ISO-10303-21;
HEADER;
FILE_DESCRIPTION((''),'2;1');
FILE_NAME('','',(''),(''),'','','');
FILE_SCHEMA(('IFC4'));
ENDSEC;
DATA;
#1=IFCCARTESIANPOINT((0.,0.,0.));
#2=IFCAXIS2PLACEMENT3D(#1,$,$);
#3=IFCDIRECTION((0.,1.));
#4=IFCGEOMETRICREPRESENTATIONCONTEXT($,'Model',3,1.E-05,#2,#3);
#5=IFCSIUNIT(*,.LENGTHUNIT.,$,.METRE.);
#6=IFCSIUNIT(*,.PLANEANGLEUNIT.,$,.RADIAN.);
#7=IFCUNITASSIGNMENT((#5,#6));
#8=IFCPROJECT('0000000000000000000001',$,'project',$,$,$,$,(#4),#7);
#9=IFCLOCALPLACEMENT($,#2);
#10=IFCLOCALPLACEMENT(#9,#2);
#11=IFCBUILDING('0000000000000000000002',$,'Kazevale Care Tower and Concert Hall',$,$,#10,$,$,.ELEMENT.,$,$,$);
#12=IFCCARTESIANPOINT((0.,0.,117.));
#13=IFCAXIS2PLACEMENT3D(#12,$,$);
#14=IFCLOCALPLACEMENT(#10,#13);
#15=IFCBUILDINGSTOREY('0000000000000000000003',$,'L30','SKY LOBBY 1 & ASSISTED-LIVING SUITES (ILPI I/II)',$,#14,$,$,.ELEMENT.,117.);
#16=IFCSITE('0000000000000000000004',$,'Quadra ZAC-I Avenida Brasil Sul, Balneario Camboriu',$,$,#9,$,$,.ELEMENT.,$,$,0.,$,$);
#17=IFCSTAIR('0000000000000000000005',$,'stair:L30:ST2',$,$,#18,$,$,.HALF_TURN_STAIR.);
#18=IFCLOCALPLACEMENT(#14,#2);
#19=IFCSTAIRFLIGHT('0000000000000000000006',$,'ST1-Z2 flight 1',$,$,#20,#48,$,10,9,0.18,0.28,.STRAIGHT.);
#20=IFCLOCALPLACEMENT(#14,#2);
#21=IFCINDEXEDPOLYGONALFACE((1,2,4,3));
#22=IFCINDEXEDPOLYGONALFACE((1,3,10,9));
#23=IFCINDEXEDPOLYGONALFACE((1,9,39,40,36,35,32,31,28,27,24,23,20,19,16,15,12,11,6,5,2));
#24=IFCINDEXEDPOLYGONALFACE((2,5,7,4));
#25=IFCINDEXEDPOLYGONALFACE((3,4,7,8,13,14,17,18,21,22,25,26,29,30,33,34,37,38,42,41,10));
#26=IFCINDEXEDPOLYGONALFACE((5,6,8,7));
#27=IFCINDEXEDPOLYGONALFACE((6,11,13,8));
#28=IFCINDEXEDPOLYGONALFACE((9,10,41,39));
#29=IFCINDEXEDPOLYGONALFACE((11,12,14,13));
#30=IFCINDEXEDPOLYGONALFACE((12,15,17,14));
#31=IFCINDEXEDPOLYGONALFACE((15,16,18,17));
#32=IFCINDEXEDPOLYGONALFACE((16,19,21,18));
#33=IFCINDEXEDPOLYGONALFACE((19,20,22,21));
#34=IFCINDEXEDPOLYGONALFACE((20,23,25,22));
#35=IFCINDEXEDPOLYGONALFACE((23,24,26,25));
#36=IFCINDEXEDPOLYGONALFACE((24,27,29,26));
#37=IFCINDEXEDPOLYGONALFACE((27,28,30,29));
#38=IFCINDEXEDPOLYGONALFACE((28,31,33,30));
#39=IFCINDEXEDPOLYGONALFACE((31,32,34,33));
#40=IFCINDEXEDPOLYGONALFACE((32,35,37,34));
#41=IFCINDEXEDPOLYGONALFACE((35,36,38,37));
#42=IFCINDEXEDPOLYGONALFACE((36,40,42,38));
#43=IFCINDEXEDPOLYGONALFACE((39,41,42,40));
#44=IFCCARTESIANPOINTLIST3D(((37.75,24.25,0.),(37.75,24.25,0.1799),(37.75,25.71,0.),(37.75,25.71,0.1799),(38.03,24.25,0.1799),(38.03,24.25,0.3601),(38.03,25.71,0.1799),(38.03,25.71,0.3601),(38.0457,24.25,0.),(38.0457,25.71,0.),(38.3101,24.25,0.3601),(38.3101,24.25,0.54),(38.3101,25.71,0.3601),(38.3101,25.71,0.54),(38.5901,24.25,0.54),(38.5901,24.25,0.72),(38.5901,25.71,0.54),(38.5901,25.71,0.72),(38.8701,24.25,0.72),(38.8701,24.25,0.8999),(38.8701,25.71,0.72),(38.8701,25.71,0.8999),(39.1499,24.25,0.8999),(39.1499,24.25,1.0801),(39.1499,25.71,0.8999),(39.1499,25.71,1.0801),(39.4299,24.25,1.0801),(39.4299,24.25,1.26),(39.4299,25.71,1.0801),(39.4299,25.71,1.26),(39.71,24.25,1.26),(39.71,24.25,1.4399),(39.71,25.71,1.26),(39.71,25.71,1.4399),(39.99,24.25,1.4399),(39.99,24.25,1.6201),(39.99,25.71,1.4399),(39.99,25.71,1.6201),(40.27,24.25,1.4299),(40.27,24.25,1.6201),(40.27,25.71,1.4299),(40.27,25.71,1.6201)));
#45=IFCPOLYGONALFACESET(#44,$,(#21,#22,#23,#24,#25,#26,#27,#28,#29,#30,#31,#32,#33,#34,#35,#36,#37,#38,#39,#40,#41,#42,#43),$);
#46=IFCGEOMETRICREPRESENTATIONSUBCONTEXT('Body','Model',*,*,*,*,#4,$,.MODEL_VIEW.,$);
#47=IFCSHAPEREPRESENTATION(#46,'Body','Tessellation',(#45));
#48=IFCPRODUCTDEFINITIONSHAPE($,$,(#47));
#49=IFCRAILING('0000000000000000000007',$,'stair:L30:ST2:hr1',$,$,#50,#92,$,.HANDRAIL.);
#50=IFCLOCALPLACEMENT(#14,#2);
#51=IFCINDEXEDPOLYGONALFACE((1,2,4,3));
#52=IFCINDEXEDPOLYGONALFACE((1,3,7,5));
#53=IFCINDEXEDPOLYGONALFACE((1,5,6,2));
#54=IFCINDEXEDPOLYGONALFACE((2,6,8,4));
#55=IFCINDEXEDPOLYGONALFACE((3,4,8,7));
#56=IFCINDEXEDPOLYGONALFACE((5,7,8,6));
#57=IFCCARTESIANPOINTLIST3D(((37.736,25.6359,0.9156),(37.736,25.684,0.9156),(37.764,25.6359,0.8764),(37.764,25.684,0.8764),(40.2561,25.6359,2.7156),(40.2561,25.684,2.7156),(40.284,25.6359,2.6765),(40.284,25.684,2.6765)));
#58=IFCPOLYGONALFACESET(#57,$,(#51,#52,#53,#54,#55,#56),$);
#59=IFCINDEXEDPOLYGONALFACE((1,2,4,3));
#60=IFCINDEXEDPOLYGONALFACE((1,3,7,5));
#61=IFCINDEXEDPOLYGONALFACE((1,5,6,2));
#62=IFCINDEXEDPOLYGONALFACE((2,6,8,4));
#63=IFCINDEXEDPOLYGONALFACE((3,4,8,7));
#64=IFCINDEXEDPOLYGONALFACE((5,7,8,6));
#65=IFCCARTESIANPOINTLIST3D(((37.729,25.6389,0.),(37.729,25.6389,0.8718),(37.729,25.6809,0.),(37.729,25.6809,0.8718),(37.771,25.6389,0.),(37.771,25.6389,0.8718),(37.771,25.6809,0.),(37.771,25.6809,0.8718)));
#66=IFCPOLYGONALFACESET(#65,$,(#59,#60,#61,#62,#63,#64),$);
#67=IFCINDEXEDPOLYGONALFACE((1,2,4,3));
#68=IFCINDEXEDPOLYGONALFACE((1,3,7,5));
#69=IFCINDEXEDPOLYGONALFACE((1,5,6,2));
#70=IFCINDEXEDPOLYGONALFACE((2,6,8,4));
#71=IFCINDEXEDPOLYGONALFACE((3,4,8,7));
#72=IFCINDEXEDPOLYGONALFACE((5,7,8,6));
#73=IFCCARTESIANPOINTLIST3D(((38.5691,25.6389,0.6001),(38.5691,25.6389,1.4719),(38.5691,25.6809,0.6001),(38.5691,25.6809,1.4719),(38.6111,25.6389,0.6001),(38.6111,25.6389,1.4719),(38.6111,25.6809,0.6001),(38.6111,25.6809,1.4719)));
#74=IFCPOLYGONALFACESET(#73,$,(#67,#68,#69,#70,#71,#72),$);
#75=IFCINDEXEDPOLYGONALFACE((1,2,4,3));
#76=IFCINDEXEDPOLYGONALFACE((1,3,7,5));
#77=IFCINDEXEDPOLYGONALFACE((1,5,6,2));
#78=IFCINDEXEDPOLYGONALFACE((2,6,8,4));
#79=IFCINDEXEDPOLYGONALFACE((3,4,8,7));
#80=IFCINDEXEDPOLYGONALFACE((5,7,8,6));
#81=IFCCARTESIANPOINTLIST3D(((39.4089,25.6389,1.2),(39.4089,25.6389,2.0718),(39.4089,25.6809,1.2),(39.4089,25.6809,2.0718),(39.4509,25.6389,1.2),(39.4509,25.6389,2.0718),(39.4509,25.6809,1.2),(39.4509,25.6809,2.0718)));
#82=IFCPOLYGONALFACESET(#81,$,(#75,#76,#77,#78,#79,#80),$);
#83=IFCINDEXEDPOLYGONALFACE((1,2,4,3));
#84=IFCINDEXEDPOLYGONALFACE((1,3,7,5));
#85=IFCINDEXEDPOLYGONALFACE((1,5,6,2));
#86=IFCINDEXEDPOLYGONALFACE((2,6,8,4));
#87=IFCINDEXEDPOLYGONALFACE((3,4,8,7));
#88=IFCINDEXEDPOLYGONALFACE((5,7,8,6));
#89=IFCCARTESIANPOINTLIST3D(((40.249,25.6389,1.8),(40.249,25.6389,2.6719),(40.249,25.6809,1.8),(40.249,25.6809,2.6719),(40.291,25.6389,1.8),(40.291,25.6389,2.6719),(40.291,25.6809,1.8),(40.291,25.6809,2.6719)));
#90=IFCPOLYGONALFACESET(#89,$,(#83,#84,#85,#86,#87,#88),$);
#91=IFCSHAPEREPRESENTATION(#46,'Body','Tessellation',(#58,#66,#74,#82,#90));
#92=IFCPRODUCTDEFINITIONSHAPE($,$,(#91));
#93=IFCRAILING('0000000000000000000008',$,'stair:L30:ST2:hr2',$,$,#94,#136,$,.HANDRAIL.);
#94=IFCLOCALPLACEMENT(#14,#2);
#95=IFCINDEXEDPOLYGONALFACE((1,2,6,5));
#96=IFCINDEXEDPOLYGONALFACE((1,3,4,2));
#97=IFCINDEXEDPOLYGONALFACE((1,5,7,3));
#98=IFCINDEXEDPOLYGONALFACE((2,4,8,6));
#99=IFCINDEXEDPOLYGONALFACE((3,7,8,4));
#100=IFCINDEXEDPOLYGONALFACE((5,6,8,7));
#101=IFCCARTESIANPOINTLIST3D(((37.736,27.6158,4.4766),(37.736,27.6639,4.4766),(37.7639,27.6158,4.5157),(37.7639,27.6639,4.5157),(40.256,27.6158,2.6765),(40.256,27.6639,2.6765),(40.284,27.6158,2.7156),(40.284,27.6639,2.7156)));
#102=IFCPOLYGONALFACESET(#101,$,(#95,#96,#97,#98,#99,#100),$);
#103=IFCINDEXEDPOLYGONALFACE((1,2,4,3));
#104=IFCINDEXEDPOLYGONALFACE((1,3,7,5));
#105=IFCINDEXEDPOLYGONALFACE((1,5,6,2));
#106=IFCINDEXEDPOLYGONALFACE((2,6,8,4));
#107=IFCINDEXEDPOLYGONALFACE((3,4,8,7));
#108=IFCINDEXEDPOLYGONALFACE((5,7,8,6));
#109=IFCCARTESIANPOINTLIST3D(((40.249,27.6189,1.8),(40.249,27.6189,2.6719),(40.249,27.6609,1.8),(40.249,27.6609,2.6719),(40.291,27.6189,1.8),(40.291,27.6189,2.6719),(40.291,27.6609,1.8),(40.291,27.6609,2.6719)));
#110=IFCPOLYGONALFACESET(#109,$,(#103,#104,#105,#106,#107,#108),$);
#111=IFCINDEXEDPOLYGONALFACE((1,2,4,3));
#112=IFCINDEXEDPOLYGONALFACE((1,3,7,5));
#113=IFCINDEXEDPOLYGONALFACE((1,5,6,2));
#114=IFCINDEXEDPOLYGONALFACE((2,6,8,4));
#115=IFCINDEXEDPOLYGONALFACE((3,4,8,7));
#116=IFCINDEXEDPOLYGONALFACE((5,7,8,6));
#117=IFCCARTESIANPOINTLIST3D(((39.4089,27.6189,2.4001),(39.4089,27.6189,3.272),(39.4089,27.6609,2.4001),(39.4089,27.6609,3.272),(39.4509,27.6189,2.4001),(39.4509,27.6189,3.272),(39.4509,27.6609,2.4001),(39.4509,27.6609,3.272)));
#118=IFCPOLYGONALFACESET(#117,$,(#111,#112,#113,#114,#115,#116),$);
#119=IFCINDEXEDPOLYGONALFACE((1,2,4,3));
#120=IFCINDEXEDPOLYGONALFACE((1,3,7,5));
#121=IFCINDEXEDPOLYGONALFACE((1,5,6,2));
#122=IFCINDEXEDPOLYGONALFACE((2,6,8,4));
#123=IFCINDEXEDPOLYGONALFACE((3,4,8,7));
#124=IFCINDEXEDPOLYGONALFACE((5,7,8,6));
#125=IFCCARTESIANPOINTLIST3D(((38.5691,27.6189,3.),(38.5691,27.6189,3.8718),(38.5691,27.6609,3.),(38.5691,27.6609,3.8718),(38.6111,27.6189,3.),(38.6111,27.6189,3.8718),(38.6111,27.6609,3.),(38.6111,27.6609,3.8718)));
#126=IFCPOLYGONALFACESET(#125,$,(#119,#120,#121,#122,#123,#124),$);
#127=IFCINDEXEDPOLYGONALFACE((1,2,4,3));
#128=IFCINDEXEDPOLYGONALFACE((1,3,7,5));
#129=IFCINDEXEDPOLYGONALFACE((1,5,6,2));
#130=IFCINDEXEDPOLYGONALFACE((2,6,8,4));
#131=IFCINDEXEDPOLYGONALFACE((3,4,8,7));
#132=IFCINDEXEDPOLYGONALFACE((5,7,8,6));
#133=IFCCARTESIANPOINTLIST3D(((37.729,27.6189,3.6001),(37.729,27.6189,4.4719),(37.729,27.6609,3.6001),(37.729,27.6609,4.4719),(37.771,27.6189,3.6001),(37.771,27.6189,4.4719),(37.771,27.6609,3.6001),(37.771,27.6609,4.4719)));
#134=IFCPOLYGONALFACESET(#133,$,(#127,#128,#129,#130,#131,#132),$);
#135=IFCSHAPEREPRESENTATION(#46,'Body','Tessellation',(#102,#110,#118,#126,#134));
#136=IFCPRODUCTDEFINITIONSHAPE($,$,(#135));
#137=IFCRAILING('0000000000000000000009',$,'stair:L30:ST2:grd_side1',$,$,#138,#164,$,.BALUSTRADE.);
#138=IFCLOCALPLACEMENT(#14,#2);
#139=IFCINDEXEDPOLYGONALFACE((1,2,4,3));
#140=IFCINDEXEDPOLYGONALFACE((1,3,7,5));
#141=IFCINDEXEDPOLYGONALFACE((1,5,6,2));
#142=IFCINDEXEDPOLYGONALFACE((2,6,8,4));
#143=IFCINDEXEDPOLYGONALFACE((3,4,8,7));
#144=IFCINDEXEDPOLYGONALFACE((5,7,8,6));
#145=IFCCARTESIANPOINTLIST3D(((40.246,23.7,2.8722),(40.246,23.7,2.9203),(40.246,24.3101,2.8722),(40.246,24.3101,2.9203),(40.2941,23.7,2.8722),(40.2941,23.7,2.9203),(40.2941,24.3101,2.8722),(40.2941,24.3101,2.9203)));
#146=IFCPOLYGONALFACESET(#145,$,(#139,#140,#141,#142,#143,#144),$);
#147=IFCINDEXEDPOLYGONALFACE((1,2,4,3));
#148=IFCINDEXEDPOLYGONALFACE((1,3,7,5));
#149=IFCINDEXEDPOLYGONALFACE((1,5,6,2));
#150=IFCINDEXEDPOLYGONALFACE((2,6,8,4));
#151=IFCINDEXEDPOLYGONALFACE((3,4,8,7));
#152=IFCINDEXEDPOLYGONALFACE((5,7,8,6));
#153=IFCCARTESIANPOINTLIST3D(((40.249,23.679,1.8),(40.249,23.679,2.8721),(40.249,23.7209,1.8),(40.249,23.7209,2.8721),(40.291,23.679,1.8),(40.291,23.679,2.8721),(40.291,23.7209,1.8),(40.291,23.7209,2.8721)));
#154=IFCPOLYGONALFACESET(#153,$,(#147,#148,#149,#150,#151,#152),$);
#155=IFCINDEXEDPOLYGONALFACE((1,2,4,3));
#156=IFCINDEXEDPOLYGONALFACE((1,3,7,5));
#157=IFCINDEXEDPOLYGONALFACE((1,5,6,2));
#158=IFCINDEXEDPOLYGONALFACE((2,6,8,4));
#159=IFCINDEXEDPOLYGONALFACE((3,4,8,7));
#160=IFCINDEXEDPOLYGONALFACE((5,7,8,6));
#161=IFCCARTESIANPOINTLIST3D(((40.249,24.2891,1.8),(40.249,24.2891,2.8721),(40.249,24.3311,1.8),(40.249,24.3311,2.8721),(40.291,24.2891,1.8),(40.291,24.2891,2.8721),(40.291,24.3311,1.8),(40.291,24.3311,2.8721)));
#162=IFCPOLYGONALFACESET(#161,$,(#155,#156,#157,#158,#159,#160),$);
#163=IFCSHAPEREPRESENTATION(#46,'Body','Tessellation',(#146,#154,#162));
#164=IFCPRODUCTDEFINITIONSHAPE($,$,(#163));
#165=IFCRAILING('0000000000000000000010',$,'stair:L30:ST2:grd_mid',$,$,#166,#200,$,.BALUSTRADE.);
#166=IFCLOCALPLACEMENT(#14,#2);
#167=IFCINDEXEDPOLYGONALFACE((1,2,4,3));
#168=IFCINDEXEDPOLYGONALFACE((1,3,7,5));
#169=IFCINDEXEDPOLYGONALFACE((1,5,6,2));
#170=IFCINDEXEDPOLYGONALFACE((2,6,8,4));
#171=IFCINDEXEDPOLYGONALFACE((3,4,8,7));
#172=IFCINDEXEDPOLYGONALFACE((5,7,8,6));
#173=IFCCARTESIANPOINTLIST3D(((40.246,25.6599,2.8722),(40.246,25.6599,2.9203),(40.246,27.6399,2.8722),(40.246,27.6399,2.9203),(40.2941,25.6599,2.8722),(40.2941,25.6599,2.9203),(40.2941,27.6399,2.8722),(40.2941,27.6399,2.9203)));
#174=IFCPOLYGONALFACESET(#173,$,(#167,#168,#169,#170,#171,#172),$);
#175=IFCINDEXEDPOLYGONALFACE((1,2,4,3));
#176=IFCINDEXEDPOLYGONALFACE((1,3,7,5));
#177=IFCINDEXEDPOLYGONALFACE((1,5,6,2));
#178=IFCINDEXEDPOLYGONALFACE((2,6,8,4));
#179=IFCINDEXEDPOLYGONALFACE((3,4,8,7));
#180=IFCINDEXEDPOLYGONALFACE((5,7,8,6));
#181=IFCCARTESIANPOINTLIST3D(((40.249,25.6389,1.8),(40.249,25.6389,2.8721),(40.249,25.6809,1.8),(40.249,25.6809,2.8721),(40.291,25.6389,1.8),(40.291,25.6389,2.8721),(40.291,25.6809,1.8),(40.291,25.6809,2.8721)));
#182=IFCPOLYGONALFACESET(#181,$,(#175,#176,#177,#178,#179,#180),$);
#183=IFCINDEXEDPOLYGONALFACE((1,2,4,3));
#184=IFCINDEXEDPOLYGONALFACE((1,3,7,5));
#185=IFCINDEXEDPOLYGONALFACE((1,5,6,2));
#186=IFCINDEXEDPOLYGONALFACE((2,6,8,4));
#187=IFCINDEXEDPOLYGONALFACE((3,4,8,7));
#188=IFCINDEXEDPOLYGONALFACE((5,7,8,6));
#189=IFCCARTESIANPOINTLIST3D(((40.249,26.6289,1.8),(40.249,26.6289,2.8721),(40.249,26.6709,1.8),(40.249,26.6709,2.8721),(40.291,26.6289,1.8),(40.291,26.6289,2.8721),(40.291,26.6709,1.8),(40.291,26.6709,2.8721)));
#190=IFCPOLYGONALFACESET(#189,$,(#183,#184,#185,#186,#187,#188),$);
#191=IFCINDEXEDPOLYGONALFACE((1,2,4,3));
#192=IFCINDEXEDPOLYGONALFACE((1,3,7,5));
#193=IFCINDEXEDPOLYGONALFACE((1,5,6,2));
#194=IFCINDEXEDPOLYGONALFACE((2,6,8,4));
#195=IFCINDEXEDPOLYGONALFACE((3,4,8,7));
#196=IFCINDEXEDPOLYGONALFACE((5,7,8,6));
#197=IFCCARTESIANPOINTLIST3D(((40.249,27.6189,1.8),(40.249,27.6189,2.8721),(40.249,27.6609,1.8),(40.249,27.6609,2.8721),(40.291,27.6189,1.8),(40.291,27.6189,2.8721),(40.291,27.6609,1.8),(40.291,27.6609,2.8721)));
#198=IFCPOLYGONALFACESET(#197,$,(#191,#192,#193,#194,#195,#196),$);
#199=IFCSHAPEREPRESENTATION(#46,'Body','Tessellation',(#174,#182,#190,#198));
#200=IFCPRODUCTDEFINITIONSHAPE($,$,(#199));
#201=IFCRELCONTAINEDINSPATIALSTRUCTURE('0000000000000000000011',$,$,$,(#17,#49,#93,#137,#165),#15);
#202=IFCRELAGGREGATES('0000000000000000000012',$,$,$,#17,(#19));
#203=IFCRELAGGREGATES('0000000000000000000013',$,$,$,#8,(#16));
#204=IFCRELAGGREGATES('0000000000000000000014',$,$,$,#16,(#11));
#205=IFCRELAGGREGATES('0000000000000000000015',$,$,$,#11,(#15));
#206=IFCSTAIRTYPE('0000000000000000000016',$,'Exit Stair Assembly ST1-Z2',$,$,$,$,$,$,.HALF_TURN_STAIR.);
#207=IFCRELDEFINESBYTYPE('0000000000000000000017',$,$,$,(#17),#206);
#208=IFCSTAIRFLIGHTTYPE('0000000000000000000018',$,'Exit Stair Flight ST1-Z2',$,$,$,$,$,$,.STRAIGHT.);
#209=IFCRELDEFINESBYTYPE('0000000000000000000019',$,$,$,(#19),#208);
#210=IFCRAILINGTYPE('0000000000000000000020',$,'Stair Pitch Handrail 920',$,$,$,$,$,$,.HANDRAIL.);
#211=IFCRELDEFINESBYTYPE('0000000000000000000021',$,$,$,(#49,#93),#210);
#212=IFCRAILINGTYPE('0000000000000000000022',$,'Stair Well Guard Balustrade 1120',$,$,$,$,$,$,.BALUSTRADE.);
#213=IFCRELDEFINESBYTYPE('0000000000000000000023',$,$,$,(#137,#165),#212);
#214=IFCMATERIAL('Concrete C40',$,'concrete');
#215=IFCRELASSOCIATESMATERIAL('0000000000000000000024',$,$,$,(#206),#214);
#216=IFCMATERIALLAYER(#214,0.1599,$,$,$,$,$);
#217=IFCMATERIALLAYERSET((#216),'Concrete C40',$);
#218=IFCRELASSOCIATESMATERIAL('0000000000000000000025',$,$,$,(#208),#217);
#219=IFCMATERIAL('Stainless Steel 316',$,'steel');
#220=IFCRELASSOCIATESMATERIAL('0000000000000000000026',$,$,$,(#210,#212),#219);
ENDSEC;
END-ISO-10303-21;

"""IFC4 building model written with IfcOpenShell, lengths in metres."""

from ifc_helpers import new_model, si_unit, direction, frame, origin, origin_2d, place, context, subcontext, project, spatial, polyline, rectangle, outline, extrude, material, layer, layer_set, type_object, element, aggregate, save


model = new_model("IFC4")

# Units and contexts
model_context = context("Model", 3, precision=1e-05, world=origin(), true_north=direction((0.0, 1.0)))
body_context = subcontext(model_context, "Body", "Model", "MODEL_VIEW")
ifc_project = project(units=[si_unit("LENGTHUNIT", "METRE"), si_unit("PLANEANGLEUNIT", "RADIAN")], contexts=[model_context])

# Site, building, storey
site_placement = place(None, origin())
site = spatial("IfcSite", under=ifc_project, at=site_placement, Name="Quadra ZAC-I Avenida Brasil Sul, Balneario Camboriu", CompositionType="ELEMENT", RefElevation=0.0)
building_placement = place(site_placement, origin())
building = spatial("IfcBuilding", under=site, at=building_placement, Name="Kazevale Care Tower and Concert Hall", CompositionType="ELEMENT")
storey_placement = place(building_placement, frame((0.0, 0.0, 117.0)))
storey = spatial("IfcBuildingStorey", under=building, at=storey_placement, Name="L30", Description="SKY LOBBY 1 & ASSISTED-LIVING SUITES (ILPI I/II)", CompositionType="ELEMENT", Elevation=117.0)

# Stair, stair flight
ifc_material_1 = material(Name="Concrete C40", Category="concrete")
stair_type = type_object("IfcStairType", Name="Exit Stair Assembly ST1-Z2", PredefinedType="HALF_TURN_STAIR", material=ifc_material_1)
stair_placement = place(storey_placement, origin())
stair = element("IfcStair", 1, at=stair_placement, inside=storey, type_object=stair_type, Name="stair:L30:ST2", PredefinedType="HALF_TURN_STAIR")
ifc_layer_1 = layer(ifc_material_1, 0.1599)
ifc_layer_set_1 = layer_set([ifc_layer_1], Name="Concrete C40")
stair_flight_type = type_object("IfcStairFlightType", Name="Exit Stair Flight ST1-Z2", PredefinedType="STRAIGHT", material=ifc_layer_set_1)
stair_flight_placement = place(storey_placement, frame((37.75, 24.98, 0.0), z_axis=(0.0, 0.0, 1.0), x_axis=(1.0, 0.0, 0.0)))
stair_flight = element("IfcStairFlight", 2, at=stair_flight_placement, type_object=stair_flight_type, Name="ST1-Z2 flight 1", NumberOfRisers=10, NumberOfTreads=9, PredefinedType="STRAIGHT", RiserHeight=0.18, TreadLength=0.28, context=body_context, shape_type="SweptSolid", body=[
    extrude(outline(polyline([(0.0, 0.0), (0.0, 0.1799), (0.28, 0.1799), (0.28, 0.3601), (0.5601, 0.3601), (0.5601, 0.54), (0.8401, 0.54), (0.8401, 0.72), (1.1201, 0.72), (1.1201, 0.8999), (1.3999, 0.8999), (1.3999, 1.0801), (1.6799, 1.0801), (1.6799, 1.26), (1.96, 1.26), (1.96, 1.4399), (2.24, 1.4399), (2.24, 1.6201), (2.52, 1.6201), (2.52, 1.8), (2.52, 1.4299), (0.2957, 0.0), (0.0, 0.0)])), frame((0.0, 0.73, 0.0), z_axis=(0.0, -1.0, 0.0), x_axis=(1.0, 0.0, 0.0)), (0.0, 0.0, 1.0), 1.46),
])
aggregate(stair, [stair_flight])

# Railings
ifc_material_2 = material(Name="Stainless Steel 316", Category="steel")
railing_type_1 = type_object("IfcRailingType", Name="Stair Pitch Handrail 920", PredefinedType="HANDRAIL", material=ifc_material_2)
railing_1_placement = place(storey_placement, frame((37.75, 25.6599, 0.0)))
element("IfcRailing", 3, at=railing_1_placement, inside=storey, type_object=railing_type_1, Name="stair:L30:ST2:hr1", PredefinedType="HANDRAIL", context=body_context, shape_type="SweptSolid", body=[
    extrude(rectangle(XDim=0.0481, YDim=0.0481, at=origin_2d()), frame((0.0, 0.0, 0.896), z_axis=(0.813728, 0.0, 0.581246), x_axis=(0.0, 1.0, 0.0)), (0.0, 0.0, 1.0), 3.0969),
    extrude(rectangle(XDim=0.042, YDim=0.042, at=origin_2d()), origin(), (0.0, 0.0, 1.0), 0.8718),
    extrude(rectangle(XDim=0.042, YDim=0.042, at=origin_2d()), frame((0.8401, 0.0, 0.6001)), (0.0, 0.0, 1.0), 0.8718),
    extrude(rectangle(XDim=0.042, YDim=0.042, at=origin_2d()), frame((1.6799, 0.0, 1.2)), (0.0, 0.0, 1.0), 0.8718),
    extrude(rectangle(XDim=0.042, YDim=0.042, at=origin_2d()), frame((2.52, 0.0, 1.8)), (0.0, 0.0, 1.0), 0.8718),
])
railing_2_placement = place(storey_placement, frame((40.27, 27.6399, 1.8)))
element("IfcRailing", 4, at=railing_2_placement, inside=storey, type_object=railing_type_1, Name="stair:L30:ST2:hr2", PredefinedType="HANDRAIL", context=body_context, shape_type="SweptSolid", body=[
    extrude(rectangle(XDim=0.0481, YDim=0.0481, at=origin_2d()), frame((0.0, 0.0, 0.896), z_axis=(-0.813728, 0.0, 0.581246), x_axis=(0.0, -1.0, 0.0)), (0.0, 0.0, 1.0), 3.0969),
    extrude(rectangle(XDim=0.042, YDim=0.042, at=origin_2d()), origin(), (0.0, 0.0, 1.0), 0.8718),
    extrude(rectangle(XDim=0.042, YDim=0.042, at=origin_2d()), frame((-0.8401, 0.0, 0.6001)), (0.0, 0.0, 1.0), 0.8718),
    extrude(rectangle(XDim=0.042, YDim=0.042, at=origin_2d()), frame((-1.6799, 0.0, 1.2)), (0.0, 0.0, 1.0), 0.8718),
    extrude(rectangle(XDim=0.042, YDim=0.042, at=origin_2d()), frame((-2.52, 0.0, 1.8)), (0.0, 0.0, 1.0), 0.8718),
])
railing_type_2 = type_object("IfcRailingType", Name="Stair Well Guard Balustrade 1120", PredefinedType="BALUSTRADE", material=ifc_material_2)
railing_3_placement = place(storey_placement, frame((40.27, 23.7, 1.8)))
element("IfcRailing", 5, at=railing_3_placement, inside=storey, type_object=railing_type_2, Name="stair:L30:ST2:grd_side1", PredefinedType="BALUSTRADE", context=body_context, shape_type="SweptSolid", body=[
    extrude(rectangle(XDim=0.0481, YDim=0.0481, at=origin_2d()), frame((0.0, 0.0, 1.0962), z_axis=(0.0, 1.0, 0.0), x_axis=(-1.0, 0.0, 0.0)), (0.0, 0.0, 1.0), 0.6101),
    extrude(rectangle(XDim=0.042, YDim=0.042, at=origin_2d()), origin(), (0.0, 0.0, 1.0), 1.072),
    extrude(rectangle(XDim=0.042, YDim=0.042, at=origin_2d()), frame((0.0, 0.6101, 0.0)), (0.0, 0.0, 1.0), 1.072),
])
for number, where, name in (
    (6, (40.27, 25.6599, 1.8), "stair:L30:ST2:grd_mid"),
):
    element("IfcRailing", number, at=place(storey_placement, frame(where)), inside=storey, type_object=railing_type_2, Name=name, PredefinedType="BALUSTRADE", context=body_context, shape_type="SweptSolid", body=[
        extrude(rectangle(XDim=0.0481, YDim=0.0481, at=origin_2d()), frame((0.0, 0.0, 1.0962), z_axis=(0.0, 1.0, 0.0), x_axis=(-1.0, 0.0, 0.0)), (0.0, 0.0, 1.0), 1.98),
        extrude(rectangle(XDim=0.042, YDim=0.042, at=origin_2d()), origin(), (0.0, 0.0, 1.0), 1.072),
        extrude(rectangle(XDim=0.042, YDim=0.042, at=origin_2d()), frame((0.0, 0.99, 0.0)), (0.0, 0.0, 1.0), 1.072),
        extrude(rectangle(XDim=0.042, YDim=0.042, at=origin_2d()), frame((0.0, 1.98, 0.0)), (0.0, 0.0, 1.0), 1.072),
    ])

save(model, "model.ifc")
